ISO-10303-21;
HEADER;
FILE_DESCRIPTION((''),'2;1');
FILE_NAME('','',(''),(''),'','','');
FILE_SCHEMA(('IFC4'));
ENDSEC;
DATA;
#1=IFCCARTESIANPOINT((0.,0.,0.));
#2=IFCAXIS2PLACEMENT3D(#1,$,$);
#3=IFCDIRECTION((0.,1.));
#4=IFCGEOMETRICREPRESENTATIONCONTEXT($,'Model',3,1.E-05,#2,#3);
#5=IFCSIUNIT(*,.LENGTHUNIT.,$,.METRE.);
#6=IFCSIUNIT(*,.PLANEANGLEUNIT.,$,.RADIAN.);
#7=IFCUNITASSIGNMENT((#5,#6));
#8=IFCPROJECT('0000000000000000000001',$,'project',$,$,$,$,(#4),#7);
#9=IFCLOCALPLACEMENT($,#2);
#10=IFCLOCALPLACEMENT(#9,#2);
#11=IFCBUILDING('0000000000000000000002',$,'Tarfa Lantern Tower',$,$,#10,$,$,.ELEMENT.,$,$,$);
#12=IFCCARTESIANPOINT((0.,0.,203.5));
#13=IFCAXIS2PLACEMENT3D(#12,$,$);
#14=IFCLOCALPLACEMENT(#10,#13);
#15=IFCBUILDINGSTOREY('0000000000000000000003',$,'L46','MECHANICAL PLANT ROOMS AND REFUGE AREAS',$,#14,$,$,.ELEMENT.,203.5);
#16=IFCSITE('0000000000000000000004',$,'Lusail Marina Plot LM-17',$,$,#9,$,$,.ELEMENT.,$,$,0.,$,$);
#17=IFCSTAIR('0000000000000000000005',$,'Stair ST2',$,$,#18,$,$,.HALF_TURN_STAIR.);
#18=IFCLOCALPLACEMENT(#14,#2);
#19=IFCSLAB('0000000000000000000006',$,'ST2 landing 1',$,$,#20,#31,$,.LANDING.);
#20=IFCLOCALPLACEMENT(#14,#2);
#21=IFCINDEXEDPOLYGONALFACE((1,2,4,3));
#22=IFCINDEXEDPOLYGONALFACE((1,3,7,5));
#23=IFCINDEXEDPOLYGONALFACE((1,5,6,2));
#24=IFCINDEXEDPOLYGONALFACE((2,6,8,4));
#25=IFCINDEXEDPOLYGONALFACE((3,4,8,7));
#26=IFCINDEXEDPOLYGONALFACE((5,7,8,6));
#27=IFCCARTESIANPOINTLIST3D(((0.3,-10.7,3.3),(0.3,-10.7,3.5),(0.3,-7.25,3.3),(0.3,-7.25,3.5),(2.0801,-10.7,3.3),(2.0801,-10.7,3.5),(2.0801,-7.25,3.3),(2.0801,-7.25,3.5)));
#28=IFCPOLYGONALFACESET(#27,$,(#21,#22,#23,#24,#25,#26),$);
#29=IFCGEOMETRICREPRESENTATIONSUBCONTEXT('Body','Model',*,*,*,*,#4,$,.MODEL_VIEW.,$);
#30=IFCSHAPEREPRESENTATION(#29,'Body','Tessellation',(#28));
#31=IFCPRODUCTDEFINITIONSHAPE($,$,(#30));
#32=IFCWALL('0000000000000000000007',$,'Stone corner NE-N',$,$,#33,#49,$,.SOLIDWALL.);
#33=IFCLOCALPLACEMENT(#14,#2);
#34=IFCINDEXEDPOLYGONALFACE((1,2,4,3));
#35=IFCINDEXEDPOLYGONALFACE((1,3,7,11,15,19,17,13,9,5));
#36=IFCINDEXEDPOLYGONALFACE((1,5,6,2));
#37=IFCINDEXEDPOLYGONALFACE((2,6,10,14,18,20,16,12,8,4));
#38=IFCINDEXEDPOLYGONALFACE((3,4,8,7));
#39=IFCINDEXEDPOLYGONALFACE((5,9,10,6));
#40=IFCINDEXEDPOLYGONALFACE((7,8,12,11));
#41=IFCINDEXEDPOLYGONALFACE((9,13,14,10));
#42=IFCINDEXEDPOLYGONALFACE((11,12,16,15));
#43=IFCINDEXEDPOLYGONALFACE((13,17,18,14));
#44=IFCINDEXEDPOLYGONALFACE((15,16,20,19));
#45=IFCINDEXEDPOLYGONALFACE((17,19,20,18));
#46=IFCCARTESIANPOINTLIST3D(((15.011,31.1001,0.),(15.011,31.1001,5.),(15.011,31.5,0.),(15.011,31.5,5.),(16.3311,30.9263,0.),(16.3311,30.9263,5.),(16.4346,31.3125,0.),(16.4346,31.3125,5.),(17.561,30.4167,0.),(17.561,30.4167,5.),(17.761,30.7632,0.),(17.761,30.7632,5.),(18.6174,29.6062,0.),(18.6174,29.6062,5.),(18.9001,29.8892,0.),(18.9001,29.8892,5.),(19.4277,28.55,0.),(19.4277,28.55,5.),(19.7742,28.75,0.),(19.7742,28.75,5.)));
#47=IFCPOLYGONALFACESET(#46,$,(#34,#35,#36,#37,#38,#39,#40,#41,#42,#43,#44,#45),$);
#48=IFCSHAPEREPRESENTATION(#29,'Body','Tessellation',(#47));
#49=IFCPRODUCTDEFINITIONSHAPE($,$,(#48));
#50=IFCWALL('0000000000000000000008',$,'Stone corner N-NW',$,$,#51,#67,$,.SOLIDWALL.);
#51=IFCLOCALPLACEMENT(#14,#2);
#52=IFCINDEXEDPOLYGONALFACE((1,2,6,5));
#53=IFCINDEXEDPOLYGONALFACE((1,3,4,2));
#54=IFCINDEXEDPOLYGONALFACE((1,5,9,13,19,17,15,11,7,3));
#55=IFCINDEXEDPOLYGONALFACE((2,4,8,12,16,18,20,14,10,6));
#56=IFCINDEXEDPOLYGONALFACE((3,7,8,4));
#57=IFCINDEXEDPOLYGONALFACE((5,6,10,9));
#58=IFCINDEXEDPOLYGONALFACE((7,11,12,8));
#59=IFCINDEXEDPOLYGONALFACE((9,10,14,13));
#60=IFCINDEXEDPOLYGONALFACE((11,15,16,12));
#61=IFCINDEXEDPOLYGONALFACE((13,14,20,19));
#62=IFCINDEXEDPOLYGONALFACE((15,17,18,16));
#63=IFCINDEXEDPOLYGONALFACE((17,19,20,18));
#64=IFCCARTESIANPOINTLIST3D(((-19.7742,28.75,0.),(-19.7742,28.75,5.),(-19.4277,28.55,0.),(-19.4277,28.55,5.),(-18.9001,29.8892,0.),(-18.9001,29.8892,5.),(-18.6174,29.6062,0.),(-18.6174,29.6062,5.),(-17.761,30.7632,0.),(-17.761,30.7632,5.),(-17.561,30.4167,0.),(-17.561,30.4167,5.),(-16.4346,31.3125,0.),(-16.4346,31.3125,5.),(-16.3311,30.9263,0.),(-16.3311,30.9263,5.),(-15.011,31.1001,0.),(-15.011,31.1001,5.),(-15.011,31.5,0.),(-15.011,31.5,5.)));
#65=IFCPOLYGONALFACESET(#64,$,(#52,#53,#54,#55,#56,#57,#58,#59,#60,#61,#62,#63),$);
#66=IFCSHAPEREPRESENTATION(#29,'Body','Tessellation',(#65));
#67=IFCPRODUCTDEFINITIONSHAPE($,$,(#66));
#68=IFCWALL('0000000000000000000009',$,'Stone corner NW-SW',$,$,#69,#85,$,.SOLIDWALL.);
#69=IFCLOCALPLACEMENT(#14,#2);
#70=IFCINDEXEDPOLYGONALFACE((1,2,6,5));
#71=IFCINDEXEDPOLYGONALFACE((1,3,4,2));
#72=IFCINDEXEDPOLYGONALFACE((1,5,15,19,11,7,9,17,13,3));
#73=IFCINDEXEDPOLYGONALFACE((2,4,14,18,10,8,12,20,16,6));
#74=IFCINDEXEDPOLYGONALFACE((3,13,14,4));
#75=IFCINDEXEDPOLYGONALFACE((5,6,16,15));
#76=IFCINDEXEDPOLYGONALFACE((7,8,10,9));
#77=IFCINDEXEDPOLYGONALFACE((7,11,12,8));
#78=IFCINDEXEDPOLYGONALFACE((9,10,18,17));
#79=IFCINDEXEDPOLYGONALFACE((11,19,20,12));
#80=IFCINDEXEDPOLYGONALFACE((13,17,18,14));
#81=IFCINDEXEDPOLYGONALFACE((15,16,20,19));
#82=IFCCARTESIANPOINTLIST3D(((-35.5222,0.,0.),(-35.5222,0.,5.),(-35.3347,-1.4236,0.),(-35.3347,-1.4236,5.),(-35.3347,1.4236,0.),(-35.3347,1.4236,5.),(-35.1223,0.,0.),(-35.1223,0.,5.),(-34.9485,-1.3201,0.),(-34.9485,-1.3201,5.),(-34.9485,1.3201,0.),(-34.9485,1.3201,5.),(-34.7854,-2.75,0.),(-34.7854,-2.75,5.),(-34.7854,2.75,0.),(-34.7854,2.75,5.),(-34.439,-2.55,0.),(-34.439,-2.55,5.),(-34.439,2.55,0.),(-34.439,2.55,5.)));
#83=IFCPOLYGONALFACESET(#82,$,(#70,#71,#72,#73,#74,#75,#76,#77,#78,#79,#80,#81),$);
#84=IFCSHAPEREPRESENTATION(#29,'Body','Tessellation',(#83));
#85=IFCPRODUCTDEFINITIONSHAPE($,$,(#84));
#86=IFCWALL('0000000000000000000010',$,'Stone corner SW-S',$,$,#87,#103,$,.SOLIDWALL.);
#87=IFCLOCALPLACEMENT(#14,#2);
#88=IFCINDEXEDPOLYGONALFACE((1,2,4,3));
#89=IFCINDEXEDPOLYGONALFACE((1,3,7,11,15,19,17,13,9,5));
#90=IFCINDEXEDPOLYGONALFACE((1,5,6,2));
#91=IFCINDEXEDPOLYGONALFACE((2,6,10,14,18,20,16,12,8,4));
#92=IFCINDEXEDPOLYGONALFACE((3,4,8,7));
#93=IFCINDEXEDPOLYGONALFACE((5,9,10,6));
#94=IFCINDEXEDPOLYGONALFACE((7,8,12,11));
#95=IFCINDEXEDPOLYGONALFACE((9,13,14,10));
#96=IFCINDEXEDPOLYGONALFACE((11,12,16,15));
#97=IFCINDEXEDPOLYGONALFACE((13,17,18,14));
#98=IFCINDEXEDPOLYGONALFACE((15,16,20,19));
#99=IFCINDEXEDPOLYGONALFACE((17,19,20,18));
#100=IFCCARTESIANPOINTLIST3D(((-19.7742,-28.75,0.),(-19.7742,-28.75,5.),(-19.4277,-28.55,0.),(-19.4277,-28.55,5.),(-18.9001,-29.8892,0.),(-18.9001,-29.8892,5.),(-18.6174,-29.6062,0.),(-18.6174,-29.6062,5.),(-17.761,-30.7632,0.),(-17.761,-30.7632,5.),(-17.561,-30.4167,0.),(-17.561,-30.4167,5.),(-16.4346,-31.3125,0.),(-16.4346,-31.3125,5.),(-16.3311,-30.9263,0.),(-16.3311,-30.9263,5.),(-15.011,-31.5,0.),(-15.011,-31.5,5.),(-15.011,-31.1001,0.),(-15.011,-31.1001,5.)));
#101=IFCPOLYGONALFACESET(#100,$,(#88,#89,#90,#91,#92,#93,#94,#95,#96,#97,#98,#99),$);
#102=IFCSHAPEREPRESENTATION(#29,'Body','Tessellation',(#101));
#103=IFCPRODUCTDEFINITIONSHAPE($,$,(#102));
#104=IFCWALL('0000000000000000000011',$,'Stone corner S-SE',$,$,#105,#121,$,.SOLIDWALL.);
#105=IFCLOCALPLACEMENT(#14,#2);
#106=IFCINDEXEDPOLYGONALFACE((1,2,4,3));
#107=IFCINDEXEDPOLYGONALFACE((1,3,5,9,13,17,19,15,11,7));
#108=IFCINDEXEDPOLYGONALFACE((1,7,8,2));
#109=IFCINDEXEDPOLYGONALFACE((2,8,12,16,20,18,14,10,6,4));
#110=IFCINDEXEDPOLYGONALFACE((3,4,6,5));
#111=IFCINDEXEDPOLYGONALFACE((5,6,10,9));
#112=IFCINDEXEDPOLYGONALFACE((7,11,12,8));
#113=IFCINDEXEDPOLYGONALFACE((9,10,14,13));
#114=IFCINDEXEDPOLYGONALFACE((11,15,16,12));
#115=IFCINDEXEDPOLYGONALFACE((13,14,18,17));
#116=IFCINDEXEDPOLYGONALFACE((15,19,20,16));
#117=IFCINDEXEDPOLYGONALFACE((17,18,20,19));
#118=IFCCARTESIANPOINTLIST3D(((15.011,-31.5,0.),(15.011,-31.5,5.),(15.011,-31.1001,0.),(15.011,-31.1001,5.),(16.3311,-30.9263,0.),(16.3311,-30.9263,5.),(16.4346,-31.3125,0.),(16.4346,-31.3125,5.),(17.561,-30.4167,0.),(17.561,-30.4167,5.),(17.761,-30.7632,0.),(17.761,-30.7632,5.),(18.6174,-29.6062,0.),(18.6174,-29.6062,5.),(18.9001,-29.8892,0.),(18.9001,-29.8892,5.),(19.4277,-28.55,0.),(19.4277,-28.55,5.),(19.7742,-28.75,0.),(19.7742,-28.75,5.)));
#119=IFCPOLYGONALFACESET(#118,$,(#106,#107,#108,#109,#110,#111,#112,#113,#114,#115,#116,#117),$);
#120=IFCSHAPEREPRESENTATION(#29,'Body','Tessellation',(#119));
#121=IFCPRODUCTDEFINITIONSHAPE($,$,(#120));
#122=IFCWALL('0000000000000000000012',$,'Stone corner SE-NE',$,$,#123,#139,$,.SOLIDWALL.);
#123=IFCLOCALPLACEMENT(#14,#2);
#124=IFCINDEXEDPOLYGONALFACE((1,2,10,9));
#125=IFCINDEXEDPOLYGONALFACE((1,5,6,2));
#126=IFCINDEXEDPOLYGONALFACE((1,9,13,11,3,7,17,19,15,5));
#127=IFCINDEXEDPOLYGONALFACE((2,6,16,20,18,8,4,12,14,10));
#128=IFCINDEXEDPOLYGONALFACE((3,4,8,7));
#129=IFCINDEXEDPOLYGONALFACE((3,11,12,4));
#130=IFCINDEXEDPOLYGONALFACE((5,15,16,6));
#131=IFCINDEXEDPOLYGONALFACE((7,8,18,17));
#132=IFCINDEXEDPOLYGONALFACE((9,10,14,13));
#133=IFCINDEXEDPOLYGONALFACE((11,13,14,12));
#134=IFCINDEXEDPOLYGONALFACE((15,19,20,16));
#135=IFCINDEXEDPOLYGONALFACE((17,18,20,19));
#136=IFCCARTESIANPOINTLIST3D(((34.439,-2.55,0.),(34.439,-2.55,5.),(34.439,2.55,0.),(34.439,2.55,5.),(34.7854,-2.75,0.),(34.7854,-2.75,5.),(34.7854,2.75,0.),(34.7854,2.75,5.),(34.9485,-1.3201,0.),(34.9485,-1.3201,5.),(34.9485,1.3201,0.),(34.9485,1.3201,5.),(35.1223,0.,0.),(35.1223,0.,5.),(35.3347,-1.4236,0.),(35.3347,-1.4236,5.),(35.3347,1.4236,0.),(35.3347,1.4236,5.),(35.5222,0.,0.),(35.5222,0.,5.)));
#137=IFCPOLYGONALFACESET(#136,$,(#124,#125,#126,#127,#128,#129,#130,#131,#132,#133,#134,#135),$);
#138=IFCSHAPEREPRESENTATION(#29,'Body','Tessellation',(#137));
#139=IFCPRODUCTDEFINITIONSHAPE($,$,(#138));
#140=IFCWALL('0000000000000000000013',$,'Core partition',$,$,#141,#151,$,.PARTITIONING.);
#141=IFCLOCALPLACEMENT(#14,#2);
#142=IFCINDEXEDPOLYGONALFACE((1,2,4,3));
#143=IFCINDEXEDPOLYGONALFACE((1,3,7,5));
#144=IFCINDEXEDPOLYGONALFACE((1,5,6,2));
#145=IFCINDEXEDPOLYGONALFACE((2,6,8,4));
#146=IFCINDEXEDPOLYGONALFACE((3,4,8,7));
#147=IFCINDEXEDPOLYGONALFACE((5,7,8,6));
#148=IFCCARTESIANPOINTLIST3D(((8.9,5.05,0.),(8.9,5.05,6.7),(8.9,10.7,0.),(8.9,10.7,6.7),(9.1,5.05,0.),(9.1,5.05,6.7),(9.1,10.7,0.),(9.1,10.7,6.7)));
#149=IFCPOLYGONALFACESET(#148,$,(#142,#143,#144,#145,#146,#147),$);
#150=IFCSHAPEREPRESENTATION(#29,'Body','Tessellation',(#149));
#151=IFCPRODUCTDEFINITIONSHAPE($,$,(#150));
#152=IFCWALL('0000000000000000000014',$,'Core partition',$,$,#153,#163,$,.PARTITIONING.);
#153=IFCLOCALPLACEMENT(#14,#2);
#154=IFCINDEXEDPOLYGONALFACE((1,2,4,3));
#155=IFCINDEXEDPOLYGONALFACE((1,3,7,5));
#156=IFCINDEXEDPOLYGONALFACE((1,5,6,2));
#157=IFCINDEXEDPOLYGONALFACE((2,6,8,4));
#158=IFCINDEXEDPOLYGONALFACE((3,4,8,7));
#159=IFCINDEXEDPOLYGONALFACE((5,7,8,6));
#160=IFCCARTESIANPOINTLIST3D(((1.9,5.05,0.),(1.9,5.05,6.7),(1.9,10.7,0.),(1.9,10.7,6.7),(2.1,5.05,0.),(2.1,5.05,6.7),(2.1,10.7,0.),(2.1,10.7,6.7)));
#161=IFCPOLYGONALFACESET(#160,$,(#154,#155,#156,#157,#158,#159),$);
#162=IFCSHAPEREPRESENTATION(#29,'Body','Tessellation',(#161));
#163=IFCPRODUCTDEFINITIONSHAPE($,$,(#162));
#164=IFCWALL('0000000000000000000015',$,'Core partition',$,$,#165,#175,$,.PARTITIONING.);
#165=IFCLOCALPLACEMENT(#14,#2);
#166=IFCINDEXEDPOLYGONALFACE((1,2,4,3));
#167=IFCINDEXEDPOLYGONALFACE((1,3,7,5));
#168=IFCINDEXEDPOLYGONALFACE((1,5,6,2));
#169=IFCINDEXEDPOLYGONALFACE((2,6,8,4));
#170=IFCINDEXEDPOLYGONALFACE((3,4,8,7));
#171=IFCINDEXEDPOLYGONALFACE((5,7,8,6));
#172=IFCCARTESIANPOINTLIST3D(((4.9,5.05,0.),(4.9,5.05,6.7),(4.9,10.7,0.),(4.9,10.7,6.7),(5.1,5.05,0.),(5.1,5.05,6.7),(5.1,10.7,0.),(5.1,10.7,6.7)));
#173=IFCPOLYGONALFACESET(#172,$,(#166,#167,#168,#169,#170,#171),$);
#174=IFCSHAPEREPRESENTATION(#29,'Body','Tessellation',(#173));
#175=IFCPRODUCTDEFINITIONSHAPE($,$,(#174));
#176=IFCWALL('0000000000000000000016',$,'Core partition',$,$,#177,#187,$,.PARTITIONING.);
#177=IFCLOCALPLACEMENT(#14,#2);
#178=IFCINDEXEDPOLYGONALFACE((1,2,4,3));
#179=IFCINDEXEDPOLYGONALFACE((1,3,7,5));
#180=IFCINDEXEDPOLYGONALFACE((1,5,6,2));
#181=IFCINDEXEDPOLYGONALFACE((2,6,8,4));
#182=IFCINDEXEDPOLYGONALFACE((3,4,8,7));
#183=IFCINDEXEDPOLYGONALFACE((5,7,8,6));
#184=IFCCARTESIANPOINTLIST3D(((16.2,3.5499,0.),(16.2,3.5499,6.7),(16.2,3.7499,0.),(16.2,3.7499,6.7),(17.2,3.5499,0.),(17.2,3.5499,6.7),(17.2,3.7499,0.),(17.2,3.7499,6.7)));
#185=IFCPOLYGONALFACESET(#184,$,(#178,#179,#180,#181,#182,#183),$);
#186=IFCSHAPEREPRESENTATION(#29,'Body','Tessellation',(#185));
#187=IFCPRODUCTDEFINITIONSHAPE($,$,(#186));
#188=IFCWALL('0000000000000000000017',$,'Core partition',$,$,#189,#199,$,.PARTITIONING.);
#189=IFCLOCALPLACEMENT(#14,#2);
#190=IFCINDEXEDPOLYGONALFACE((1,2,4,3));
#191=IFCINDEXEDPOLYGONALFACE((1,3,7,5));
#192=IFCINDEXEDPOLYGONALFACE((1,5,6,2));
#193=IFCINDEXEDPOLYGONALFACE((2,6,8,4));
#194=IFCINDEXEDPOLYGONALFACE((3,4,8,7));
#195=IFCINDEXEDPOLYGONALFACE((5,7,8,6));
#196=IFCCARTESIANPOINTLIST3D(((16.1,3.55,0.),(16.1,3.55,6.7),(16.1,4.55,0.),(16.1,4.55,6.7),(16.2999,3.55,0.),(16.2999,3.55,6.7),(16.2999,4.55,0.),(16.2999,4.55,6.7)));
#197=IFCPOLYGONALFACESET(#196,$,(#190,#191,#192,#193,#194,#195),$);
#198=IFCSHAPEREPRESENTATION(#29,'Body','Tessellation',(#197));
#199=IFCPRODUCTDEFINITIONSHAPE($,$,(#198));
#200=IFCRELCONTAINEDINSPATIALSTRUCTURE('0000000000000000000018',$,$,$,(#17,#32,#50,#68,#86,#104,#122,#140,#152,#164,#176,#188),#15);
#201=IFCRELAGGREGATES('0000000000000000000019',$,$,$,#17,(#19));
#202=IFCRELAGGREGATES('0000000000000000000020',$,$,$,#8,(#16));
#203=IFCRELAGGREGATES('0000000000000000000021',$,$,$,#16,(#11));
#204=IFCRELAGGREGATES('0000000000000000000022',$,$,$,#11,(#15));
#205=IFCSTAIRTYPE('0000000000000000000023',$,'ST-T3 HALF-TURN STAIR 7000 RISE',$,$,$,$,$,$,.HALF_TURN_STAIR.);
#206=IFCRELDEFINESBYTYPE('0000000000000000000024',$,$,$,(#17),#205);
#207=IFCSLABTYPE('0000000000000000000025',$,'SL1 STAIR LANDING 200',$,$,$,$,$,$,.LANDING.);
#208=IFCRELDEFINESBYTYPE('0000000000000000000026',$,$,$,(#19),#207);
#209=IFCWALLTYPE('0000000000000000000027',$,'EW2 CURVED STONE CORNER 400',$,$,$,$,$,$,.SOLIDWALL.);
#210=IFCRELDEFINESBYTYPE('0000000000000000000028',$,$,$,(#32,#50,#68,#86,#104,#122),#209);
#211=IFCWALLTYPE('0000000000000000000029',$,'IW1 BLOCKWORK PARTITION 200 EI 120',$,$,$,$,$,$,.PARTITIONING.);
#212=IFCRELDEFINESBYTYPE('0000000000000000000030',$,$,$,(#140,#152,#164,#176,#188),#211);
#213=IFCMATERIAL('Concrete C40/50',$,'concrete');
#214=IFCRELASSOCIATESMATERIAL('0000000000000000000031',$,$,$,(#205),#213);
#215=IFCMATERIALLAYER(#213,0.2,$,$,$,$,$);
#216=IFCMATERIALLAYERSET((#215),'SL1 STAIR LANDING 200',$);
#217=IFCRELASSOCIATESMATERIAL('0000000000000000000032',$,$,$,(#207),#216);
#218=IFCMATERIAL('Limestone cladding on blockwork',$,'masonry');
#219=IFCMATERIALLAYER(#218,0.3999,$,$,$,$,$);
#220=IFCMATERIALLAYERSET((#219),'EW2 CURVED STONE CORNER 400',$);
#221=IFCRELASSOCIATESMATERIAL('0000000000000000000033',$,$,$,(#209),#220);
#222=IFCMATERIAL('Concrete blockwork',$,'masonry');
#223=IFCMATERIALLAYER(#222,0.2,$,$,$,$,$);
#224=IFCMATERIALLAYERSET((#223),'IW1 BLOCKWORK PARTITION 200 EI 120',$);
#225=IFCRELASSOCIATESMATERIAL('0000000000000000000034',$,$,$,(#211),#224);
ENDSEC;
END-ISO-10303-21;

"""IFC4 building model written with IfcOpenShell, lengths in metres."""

from ifc_helpers import new_model, si_unit, direction, frame, frame_2d, origin, place, context, subcontext, project, spatial, polyline, rectangle, outline, extrude, material, layer, layer_set, type_object, element, aggregate, save


model = new_model("IFC4")

# Units and contexts
model_context = context("Model", 3, precision=1e-05, world=origin(), true_north=direction((0.0, 1.0)))
body_context = subcontext(model_context, "Body", "Model", "MODEL_VIEW")
ifc_project = project(units=[si_unit("LENGTHUNIT", "METRE"), si_unit("PLANEANGLEUNIT", "RADIAN")], contexts=[model_context])

# Site, building, storey
site_placement = place(None, origin())
site = spatial("IfcSite", under=ifc_project, at=site_placement, Name="Lusail Marina Plot LM-17", CompositionType="ELEMENT", RefElevation=0.0)
building_placement = place(site_placement, origin())
building = spatial("IfcBuilding", under=site, at=building_placement, Name="Tarfa Lantern Tower", CompositionType="ELEMENT")
storey_placement = place(building_placement, frame((0.0, 0.0, 203.5)))
storey = spatial("IfcBuildingStorey", under=building, at=storey_placement, Name="L46", Description="MECHANICAL PLANT ROOMS AND REFUGE AREAS", CompositionType="ELEMENT", Elevation=203.5)

# Shared definitions
ifc_material_1 = material(Name="Concrete C40/50", Category="concrete")

# Stair, slab
stair_type = type_object("IfcStairType", Name="ST-T3 HALF-TURN STAIR 7000 RISE", PredefinedType="HALF_TURN_STAIR", material=ifc_material_1)
ifc_layer_1 = layer(ifc_material_1, 0.2)
ifc_layer_set_1 = layer_set([ifc_layer_1], Name="SL1 STAIR LANDING 200")
slab_type_1 = type_object("IfcSlabType", Name="SL1 STAIR LANDING 200", PredefinedType="LANDING", material=ifc_layer_set_1)
stair_1_placement = place(storey_placement, origin())
stair_1 = element("IfcStair", 1, at=stair_1_placement, inside=storey, type_object=stair_type, Name="Stair ST2", PredefinedType="HALF_TURN_STAIR")
slab_1_placement = place(storey_placement, frame((0.0, 0.0, 3.3)))
slab_1 = element("IfcSlab", 2, at=slab_1_placement, type_object=slab_type_1, Name="ST2 landing 1", PredefinedType="LANDING", context=body_context, shape_type="SweptSolid", body=[
    extrude(outline(polyline([(2.0801, -7.25), (0.3, -7.25), (0.3, -10.7), (2.0801, -10.7), (2.0801, -7.25)])), origin(), (0.0, 0.0, 1.0), 0.2),
])
aggregate(stair_1, [slab_1])

# Walls
ifc_material_2 = material(Name="Limestone cladding on blockwork", Category="masonry")
ifc_layer_2 = layer(ifc_material_2, 0.3999)
ifc_layer_set_2 = layer_set([ifc_layer_2], Name="EW2 CURVED STONE CORNER 400")
wall_type_1 = type_object("IfcWallType", Name="EW2 CURVED STONE CORNER 400", PredefinedType="SOLIDWALL", material=ifc_layer_set_2)
wall_1_placement = place(storey_placement, origin())
element("IfcWall", 3, at=wall_1_placement, inside=storey, type_object=wall_type_1, Name="Stone corner NE-N", PredefinedType="SOLIDWALL", context=body_context, shape_type="SweptSolid", body=[
    extrude(outline(polyline([(19.7742, 28.75), (18.9001, 29.8892), (17.761, 30.7632), (16.4346, 31.3125), (15.011, 31.5), (15.011, 31.1001), (16.3311, 30.9263), (17.561, 30.4167), (18.6174, 29.6062), (19.4277, 28.55), (19.7742, 28.75)])), origin(), (0.0, 0.0, 1.0), 5.0),
])
wall_2_placement = place(storey_placement, origin())
element("IfcWall", 4, at=wall_2_placement, inside=storey, type_object=wall_type_1, Name="Stone corner N-NW", PredefinedType="SOLIDWALL", context=body_context, shape_type="SweptSolid", body=[
    extrude(outline(polyline([(-15.011, 31.5), (-16.4346, 31.3125), (-17.761, 30.7632), (-18.9001, 29.8892), (-19.7742, 28.75), (-19.4277, 28.55), (-18.6174, 29.6062), (-17.561, 30.4167), (-16.3311, 30.9263), (-15.011, 31.1001), (-15.011, 31.5)])), origin(), (0.0, 0.0, 1.0), 5.0),
])
wall_3_placement = place(storey_placement, origin())
element("IfcWall", 5, at=wall_3_placement, inside=storey, type_object=wall_type_1, Name="Stone corner NW-SW", PredefinedType="SOLIDWALL", context=body_context, shape_type="SweptSolid", body=[
    extrude(outline(polyline([(-34.7854, 2.75), (-35.3347, 1.4236), (-35.5222, 0.0), (-35.3347, -1.4236), (-34.7854, -2.75), (-34.439, -2.55), (-34.9485, -1.3201), (-35.1223, 0.0), (-34.9485, 1.3201), (-34.439, 2.55), (-34.7854, 2.75)])), origin(), (0.0, 0.0, 1.0), 5.0),
])
wall_4_placement = place(storey_placement, origin())
element("IfcWall", 6, at=wall_4_placement, inside=storey, type_object=wall_type_1, Name="Stone corner SW-S", PredefinedType="SOLIDWALL", context=body_context, shape_type="SweptSolid", body=[
    extrude(outline(polyline([(-19.7742, -28.75), (-18.9001, -29.8892), (-17.761, -30.7632), (-16.4346, -31.3125), (-15.011, -31.5), (-15.011, -31.1001), (-16.3311, -30.9263), (-17.561, -30.4167), (-18.6174, -29.6062), (-19.4277, -28.55), (-19.7742, -28.75)])), origin(), (0.0, 0.0, 1.0), 5.0),
])
wall_5_placement = place(storey_placement, origin())
element("IfcWall", 7, at=wall_5_placement, inside=storey, type_object=wall_type_1, Name="Stone corner S-SE", PredefinedType="SOLIDWALL", context=body_context, shape_type="SweptSolid", body=[
    extrude(outline(polyline([(15.011, -31.5), (16.4346, -31.3125), (17.761, -30.7632), (18.9001, -29.8892), (19.7742, -28.75), (19.4277, -28.55), (18.6174, -29.6062), (17.561, -30.4167), (16.3311, -30.9263), (15.011, -31.1001), (15.011, -31.5)])), origin(), (0.0, 0.0, 1.0), 5.0),
])
wall_6_placement = place(storey_placement, origin())
element("IfcWall", 8, at=wall_6_placement, inside=storey, type_object=wall_type_1, Name="Stone corner SE-NE", PredefinedType="SOLIDWALL", context=body_context, shape_type="SweptSolid", body=[
    extrude(outline(polyline([(34.7854, -2.75), (35.3347, -1.4236), (35.5222, 0.0), (35.3347, 1.4236), (34.7854, 2.75), (34.439, 2.55), (34.9485, 1.3201), (35.1223, 0.0), (34.9485, -1.3201), (34.439, -2.55), (34.7854, -2.75)])), origin(), (0.0, 0.0, 1.0), 5.0),
])
ifc_material_3 = material(Name="Concrete blockwork", Category="masonry")
ifc_layer_3 = layer(ifc_material_3, 0.2)
ifc_layer_set_3 = layer_set([ifc_layer_3], Name="IW1 BLOCKWORK PARTITION 200 EI 120")
wall_type_2 = type_object("IfcWallType", Name="IW1 BLOCKWORK PARTITION 200 EI 120", PredefinedType="PARTITIONING", material=ifc_layer_set_3)
for number, where, z_axis, x_axis, name in (
    (9, (9.0, 5.05, 0.0), (0.0, 0.0, 1.0), (0.0, 1.0, 0.0), "Core partition"),
    (10, (2.0, 5.05, 0.0), (0.0, 0.0, 1.0), (0.0, 1.0, 0.0), "Core partition"),
    (11, (5.0, 5.05, 0.0), (0.0, 0.0, 1.0), (0.0, 1.0, 0.0), "Core partition"),
):
    element("IfcWall", number, at=place(storey_placement, frame(where, z_axis=z_axis, x_axis=x_axis)), inside=storey, type_object=wall_type_2, Name=name, PredefinedType="PARTITIONING", context=body_context, shape_type="SweptSolid", body=[
        extrude(rectangle(XDim=5.6499, YDim=0.2, at=frame_2d((2.825, 0.0))), origin(), (0.0, 0.0, 1.0), 6.7),
    ])
for number, where, z_axis, x_axis, name in (
    (12, (16.2, 3.6499, 0.0), (0.0, 0.0, 1.0), (1.0, 0.0, 0.0), "Core partition"),
    (13, (16.2, 3.55, 0.0), (0.0, 0.0, 1.0), (0.0, 1.0, 0.0), "Core partition"),
):
    element("IfcWall", number, at=place(storey_placement, frame(where, z_axis=z_axis, x_axis=x_axis)), inside=storey, type_object=wall_type_2, Name=name, PredefinedType="PARTITIONING", context=body_context, shape_type="SweptSolid", body=[
        extrude(rectangle(XDim=1.0, YDim=0.2, at=frame_2d((0.5, 0.0))), origin(), (0.0, 0.0, 1.0), 6.7),
    ])

save(model, "model.ifc")
